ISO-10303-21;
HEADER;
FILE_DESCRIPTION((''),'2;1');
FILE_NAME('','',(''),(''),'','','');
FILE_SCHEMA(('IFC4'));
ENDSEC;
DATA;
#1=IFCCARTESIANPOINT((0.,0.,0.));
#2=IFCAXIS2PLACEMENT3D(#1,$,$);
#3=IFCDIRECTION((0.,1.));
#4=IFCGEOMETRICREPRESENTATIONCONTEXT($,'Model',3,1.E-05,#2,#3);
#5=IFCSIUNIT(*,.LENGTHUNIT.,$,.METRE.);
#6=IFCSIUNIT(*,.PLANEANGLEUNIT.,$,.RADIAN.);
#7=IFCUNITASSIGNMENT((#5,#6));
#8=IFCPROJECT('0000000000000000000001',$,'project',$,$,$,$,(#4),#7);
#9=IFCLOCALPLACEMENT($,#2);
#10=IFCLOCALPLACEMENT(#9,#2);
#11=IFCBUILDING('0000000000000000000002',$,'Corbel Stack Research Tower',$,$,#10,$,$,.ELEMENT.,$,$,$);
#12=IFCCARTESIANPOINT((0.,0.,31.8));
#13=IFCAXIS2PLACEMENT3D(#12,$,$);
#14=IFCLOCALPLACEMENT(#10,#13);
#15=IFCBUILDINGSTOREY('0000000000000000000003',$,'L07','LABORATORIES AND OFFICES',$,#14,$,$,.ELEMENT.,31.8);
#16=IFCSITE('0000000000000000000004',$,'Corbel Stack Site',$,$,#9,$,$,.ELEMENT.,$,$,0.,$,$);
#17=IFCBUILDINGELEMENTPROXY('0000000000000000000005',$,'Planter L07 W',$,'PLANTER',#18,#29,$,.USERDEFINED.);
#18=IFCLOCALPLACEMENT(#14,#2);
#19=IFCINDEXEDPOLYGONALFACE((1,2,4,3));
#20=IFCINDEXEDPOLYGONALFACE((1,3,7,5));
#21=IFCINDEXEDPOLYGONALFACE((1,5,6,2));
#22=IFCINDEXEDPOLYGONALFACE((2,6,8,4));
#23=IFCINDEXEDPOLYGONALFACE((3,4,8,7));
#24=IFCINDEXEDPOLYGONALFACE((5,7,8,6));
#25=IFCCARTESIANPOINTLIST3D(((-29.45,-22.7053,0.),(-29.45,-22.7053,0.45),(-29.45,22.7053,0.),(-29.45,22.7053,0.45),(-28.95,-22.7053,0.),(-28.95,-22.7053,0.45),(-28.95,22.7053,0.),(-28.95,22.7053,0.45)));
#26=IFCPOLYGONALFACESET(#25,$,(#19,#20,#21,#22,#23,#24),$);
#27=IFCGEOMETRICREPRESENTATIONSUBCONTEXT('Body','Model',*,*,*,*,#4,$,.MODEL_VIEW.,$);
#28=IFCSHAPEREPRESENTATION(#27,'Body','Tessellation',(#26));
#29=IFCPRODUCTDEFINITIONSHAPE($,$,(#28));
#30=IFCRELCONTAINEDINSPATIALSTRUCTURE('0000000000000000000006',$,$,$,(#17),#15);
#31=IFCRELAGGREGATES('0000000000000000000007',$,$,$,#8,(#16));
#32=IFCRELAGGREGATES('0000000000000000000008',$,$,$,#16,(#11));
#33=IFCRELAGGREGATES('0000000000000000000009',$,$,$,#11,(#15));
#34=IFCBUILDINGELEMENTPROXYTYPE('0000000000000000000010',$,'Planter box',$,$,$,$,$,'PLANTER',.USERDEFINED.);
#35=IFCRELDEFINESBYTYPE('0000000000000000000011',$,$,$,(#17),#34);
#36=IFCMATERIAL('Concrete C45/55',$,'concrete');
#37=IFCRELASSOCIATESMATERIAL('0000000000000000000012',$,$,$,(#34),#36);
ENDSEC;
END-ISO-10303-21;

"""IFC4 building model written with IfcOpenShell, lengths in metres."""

from ifc_helpers import new_model, si_unit, direction, frame, origin, origin_2d, place, context, subcontext, project, spatial, rectangle, extrude, material, type_object, element, save


model = new_model("IFC4")

# Units and contexts
model_context = context("Model", 3, precision=1e-05, world=origin(), true_north=direction((0.0, 1.0)))
body_context = subcontext(model_context, "Body", "Model", "MODEL_VIEW")
ifc_project = project(units=[si_unit("LENGTHUNIT", "METRE"), si_unit("PLANEANGLEUNIT", "RADIAN")], contexts=[model_context])

# Site, building, storey
site_placement = place(None, origin())
site = spatial("IfcSite", under=ifc_project, at=site_placement, Name="Corbel Stack Site", CompositionType="ELEMENT", RefElevation=0.0)
building_placement = place(site_placement, origin())
building = spatial("IfcBuilding", under=site, at=building_placement, Name="Corbel Stack Research Tower", CompositionType="ELEMENT")
storey_placement = place(building_placement, frame((0.0, 0.0, 31.8)))
storey = spatial("IfcBuildingStorey", under=building, at=storey_placement, Name="L07", Description="LABORATORIES AND OFFICES", CompositionType="ELEMENT", Elevation=31.8)

# Building element proxy
ifc_material_1 = material(Name="Concrete C45/55", Category="concrete")
building_element_proxy_type = type_object("IfcBuildingElementProxyType", Name="Planter box", ElementType="PLANTER", PredefinedType="USERDEFINED", material=ifc_material_1)
proxy_placement = place(storey_placement, frame((-29.2, 0.0, 0.0), z_axis=(0.0, 0.0, 1.0), x_axis=(0.0, -1.0, 0.0)))
element("IfcBuildingElementProxy", 1, at=proxy_placement, inside=storey, type_object=building_element_proxy_type, Name="Planter L07 W", ObjectType="PLANTER", PredefinedType="USERDEFINED", context=body_context, shape_type="SweptSolid", body=[
    extrude(rectangle(XDim=45.4106, YDim=0.5, at=origin_2d()), origin(), (0.0, 0.0, 1.0), 0.45),
])

save(model, "model.ifc")
